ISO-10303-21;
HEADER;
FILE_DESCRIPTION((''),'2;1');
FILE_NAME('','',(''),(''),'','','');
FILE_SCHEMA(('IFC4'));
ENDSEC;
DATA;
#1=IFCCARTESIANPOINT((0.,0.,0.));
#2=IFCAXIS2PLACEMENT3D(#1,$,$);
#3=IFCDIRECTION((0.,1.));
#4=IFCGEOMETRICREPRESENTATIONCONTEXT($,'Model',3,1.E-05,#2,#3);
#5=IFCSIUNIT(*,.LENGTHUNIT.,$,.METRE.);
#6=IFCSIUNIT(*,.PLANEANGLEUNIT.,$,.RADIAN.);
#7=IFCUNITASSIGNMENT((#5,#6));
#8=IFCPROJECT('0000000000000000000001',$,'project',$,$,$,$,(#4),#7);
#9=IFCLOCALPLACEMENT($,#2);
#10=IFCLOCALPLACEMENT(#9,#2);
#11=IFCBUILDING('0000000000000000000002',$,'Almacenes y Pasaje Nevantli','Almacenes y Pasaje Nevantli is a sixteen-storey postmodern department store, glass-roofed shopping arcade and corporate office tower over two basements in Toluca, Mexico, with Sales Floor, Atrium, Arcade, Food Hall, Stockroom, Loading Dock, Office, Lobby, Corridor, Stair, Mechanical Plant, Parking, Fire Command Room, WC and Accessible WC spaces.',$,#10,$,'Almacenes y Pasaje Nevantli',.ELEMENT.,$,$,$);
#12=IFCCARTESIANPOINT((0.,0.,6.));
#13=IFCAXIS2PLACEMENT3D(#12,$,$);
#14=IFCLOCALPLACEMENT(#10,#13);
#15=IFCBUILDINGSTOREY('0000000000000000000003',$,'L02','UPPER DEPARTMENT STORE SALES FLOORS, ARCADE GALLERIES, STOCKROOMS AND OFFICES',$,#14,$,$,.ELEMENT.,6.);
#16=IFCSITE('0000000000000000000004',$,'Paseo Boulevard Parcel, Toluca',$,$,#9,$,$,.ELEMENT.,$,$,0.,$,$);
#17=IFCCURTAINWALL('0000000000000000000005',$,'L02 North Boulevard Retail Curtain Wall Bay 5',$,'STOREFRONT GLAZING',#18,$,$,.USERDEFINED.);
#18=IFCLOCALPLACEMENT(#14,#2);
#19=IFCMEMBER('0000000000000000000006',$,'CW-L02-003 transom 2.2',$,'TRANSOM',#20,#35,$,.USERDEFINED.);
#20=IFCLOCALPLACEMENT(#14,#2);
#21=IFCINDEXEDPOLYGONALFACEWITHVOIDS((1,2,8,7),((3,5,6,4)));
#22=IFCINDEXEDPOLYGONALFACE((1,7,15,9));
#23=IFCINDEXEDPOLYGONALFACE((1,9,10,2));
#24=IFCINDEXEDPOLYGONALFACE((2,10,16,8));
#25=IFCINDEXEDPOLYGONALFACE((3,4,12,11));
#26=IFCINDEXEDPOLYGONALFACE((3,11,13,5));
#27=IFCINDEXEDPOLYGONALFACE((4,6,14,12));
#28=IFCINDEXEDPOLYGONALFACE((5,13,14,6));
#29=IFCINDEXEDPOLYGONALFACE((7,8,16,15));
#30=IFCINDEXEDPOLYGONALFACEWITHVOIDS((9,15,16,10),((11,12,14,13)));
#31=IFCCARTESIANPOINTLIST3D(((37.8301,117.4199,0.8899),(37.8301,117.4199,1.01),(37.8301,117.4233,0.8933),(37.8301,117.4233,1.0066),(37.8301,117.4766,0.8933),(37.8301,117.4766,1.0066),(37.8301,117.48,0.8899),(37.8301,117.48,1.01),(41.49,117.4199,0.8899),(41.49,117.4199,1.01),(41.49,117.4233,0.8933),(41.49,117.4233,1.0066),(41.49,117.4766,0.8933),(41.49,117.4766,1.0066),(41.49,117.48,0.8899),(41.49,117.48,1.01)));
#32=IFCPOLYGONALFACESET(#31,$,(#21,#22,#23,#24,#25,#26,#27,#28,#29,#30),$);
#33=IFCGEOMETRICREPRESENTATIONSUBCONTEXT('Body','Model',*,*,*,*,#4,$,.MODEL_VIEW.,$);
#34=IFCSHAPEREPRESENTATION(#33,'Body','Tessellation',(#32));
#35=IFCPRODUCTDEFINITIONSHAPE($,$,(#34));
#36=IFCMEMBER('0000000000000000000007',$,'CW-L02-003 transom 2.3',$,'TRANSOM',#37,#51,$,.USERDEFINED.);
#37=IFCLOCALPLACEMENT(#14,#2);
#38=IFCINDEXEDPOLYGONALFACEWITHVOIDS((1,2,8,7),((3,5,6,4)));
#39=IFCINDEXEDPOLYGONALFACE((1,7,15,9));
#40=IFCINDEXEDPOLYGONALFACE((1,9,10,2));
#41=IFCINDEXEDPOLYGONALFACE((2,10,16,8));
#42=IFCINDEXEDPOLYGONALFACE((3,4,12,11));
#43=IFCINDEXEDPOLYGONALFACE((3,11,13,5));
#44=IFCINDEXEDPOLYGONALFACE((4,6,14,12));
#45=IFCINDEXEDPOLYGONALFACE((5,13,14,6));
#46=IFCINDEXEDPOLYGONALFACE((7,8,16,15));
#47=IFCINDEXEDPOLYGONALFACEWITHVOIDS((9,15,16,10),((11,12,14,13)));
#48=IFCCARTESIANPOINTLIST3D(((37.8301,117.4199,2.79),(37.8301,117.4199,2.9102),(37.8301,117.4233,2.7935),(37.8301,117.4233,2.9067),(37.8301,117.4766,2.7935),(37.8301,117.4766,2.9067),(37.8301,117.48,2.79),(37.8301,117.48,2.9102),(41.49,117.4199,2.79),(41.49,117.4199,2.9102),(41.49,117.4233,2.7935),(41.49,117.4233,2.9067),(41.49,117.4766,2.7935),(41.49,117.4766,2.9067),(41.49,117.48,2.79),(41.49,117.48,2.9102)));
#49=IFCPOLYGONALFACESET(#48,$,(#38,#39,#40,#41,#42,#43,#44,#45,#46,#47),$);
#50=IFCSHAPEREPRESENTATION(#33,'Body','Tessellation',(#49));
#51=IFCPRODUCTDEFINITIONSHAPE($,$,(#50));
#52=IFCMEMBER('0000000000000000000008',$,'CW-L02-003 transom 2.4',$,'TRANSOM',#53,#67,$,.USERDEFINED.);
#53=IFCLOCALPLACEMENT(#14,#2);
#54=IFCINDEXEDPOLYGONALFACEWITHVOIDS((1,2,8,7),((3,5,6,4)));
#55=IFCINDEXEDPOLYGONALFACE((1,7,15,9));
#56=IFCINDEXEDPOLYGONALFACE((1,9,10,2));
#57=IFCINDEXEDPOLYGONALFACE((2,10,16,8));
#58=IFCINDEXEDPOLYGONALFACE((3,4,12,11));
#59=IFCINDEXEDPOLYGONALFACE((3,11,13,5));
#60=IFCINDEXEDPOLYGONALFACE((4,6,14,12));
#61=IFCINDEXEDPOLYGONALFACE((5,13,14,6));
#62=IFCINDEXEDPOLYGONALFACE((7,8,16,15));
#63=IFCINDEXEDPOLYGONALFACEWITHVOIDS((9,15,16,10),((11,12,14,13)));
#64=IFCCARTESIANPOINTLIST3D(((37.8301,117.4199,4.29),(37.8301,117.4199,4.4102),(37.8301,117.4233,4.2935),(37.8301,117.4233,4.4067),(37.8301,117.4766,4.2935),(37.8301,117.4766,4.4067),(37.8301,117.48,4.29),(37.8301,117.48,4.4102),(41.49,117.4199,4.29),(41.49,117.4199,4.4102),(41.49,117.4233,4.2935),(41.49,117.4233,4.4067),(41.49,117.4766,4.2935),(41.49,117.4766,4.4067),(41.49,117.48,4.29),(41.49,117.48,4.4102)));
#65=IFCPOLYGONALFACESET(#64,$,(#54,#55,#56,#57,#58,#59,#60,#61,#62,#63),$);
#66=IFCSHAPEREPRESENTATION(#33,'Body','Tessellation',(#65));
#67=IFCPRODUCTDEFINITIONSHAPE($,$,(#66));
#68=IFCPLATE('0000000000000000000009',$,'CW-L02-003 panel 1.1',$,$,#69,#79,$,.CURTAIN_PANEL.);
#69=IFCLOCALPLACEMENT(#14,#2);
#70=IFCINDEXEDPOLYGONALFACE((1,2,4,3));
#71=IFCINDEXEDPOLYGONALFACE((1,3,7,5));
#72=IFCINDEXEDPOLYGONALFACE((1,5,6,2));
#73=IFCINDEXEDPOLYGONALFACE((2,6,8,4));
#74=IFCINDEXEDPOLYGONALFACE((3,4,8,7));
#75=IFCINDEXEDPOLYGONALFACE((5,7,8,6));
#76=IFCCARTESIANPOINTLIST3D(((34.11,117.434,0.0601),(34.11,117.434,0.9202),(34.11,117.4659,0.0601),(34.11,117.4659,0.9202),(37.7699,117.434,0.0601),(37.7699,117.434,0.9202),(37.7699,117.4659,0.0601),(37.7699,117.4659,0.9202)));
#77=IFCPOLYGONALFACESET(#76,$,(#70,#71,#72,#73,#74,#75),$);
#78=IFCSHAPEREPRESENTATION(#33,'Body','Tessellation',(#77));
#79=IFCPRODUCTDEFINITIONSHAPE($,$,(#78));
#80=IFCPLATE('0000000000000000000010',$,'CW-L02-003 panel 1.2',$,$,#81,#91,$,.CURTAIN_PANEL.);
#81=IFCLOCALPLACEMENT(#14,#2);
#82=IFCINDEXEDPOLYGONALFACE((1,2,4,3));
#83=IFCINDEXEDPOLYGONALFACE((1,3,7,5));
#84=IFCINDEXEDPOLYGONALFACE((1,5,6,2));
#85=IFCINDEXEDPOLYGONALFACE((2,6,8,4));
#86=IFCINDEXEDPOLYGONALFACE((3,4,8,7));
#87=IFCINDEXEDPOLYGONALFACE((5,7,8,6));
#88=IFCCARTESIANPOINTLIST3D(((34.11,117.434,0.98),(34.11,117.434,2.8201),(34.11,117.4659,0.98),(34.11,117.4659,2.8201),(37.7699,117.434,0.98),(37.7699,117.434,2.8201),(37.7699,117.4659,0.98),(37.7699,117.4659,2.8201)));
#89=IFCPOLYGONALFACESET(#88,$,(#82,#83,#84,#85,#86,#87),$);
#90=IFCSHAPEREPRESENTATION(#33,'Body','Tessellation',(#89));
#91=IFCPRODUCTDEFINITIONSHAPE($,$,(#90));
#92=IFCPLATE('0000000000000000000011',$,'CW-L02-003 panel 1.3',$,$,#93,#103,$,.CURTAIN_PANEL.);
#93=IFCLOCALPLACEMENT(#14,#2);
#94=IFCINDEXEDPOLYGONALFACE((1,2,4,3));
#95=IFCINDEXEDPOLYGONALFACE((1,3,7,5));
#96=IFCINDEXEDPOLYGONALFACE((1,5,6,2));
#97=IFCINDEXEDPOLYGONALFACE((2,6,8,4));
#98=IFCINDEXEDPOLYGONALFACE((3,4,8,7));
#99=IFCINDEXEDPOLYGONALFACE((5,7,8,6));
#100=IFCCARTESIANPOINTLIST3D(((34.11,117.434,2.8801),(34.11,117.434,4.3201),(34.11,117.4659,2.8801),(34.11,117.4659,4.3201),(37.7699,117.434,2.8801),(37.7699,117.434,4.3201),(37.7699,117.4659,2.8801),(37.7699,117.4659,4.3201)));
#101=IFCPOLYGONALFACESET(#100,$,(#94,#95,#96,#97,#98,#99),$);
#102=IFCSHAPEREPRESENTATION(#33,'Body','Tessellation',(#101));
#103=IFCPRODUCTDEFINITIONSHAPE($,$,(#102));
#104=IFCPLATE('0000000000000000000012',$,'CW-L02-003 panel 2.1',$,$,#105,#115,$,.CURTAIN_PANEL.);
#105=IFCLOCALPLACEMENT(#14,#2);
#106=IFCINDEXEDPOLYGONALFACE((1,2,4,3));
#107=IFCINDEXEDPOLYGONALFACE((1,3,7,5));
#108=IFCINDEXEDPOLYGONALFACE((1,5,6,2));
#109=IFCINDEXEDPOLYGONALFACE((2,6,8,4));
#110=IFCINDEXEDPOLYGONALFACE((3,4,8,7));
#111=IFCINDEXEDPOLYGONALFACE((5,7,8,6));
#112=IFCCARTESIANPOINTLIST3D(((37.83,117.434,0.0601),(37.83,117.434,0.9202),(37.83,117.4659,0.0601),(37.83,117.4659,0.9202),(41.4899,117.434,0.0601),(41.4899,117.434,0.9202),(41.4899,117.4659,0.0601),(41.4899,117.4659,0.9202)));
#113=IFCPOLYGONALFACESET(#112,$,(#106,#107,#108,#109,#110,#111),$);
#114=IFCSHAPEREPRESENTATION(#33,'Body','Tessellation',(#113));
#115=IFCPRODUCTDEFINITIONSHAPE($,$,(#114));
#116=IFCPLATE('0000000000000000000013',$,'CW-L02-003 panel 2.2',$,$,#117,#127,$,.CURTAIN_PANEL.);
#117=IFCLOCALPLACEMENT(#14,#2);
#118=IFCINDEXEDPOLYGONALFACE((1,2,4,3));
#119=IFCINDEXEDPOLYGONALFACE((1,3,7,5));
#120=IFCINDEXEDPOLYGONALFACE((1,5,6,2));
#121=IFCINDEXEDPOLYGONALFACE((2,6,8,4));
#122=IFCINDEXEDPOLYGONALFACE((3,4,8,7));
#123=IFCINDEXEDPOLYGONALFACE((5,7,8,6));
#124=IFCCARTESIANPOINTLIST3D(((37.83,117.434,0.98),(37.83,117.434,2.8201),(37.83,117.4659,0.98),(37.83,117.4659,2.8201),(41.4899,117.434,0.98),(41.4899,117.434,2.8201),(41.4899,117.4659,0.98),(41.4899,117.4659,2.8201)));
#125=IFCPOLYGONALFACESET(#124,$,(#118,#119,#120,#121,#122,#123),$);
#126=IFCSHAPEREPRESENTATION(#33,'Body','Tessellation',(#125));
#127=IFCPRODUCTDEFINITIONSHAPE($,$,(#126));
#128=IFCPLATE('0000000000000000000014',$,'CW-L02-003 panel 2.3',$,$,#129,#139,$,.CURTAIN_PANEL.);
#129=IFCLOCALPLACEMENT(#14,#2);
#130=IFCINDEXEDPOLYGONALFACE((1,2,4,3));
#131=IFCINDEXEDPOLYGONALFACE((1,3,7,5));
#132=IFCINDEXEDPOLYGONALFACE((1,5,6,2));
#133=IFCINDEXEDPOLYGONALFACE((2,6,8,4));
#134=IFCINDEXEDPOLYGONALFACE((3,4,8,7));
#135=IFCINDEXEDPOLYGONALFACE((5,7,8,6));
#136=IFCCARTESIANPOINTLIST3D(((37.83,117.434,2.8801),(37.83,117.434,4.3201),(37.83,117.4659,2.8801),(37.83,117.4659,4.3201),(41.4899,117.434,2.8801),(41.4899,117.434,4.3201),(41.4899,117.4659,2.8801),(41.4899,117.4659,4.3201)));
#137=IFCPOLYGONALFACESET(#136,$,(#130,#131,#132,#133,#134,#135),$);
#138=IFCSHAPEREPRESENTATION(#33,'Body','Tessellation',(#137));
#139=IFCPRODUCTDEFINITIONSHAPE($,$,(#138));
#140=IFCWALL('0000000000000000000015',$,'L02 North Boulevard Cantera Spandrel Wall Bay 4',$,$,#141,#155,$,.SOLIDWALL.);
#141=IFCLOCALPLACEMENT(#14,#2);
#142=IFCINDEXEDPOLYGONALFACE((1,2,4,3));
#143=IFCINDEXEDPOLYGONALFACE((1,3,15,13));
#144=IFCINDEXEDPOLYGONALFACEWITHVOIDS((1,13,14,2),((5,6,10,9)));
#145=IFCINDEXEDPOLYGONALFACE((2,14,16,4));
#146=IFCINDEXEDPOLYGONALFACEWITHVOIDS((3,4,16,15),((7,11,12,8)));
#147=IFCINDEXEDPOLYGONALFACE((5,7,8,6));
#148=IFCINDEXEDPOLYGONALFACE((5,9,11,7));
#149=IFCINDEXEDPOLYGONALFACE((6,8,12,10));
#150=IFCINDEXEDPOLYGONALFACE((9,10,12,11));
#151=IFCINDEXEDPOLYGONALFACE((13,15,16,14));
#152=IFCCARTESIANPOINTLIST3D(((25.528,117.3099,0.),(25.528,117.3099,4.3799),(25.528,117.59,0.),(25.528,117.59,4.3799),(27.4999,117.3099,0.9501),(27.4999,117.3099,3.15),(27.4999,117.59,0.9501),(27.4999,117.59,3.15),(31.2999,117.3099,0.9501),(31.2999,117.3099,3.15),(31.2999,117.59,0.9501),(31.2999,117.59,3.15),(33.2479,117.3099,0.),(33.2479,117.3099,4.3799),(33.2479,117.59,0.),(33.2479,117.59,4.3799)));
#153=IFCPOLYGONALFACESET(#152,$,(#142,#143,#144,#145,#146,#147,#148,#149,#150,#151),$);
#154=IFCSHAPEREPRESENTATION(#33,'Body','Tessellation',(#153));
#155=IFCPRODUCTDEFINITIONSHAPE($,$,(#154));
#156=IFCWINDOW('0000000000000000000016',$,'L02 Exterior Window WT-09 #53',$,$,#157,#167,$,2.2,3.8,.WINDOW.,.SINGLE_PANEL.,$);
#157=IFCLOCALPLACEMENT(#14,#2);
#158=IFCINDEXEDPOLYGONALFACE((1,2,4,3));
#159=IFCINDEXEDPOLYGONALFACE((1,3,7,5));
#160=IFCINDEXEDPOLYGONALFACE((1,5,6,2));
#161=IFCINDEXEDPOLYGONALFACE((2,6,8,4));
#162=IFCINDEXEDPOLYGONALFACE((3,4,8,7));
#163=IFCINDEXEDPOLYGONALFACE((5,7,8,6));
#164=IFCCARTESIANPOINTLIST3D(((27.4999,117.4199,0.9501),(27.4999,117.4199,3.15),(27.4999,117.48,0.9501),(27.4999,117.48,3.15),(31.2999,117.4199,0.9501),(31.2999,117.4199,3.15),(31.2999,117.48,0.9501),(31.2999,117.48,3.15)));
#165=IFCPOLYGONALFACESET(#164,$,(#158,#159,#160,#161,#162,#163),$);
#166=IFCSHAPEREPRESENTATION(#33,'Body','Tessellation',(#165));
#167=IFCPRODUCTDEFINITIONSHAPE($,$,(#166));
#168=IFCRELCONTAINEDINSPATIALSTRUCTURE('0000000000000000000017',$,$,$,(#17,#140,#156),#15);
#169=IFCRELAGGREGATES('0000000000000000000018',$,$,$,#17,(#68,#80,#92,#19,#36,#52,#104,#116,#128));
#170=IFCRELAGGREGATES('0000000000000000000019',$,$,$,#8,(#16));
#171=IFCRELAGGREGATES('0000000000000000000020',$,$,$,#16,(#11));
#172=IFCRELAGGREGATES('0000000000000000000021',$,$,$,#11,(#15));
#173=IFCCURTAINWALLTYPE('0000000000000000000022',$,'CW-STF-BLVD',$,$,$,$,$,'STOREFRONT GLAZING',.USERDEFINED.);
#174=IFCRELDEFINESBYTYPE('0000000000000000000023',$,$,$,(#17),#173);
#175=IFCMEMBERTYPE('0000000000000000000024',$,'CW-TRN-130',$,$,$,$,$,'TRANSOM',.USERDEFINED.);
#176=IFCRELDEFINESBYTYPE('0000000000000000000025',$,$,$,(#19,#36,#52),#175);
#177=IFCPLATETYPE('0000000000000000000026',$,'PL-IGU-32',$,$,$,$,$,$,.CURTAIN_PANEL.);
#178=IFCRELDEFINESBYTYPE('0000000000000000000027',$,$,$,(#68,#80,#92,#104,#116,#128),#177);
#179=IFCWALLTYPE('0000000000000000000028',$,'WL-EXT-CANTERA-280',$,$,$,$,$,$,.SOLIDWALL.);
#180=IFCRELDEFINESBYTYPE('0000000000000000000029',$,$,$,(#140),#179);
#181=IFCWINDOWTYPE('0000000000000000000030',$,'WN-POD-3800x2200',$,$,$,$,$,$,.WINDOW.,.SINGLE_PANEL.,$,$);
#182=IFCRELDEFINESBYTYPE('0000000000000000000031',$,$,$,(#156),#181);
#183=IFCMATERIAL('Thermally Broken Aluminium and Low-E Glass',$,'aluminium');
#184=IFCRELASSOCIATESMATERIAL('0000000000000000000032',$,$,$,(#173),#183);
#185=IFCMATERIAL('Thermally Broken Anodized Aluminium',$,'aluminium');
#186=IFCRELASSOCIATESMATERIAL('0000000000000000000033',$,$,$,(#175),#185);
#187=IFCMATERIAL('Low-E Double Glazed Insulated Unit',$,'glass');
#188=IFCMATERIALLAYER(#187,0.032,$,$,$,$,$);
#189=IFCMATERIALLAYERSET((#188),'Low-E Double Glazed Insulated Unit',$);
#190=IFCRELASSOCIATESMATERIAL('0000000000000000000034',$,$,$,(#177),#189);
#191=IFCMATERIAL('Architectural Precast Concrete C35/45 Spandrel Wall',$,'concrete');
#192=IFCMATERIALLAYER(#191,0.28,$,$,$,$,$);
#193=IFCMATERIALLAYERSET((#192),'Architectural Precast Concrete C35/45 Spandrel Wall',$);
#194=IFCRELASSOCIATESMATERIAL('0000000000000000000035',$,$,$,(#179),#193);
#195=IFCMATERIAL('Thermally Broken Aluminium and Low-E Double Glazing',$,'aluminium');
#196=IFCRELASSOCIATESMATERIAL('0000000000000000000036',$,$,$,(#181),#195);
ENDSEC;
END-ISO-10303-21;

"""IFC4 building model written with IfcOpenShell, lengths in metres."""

from ifc_helpers import new_model, si_unit, direction, frame, frame_2d, origin, origin_2d, place, context, subcontext, project, spatial, rectangle, hollow_rectangle, extrude, material, layer, layer_set, material_profile, profile_set, type_object, element, fill, aggregate, save


model = new_model("IFC4")

# Units and contexts
model_context = context("Model", 3, precision=1e-05, world=origin(), true_north=direction((0.0, 1.0)))
body_context = subcontext(model_context, "Body", "Model", "MODEL_VIEW")
ifc_project = project(units=[si_unit("LENGTHUNIT", "METRE"), si_unit("PLANEANGLEUNIT", "RADIAN")], contexts=[model_context])

# Site, building, storey
site_placement = place(None, origin())
site = spatial("IfcSite", under=ifc_project, at=site_placement, Name="Paseo Boulevard Parcel, Toluca", CompositionType="ELEMENT", RefElevation=0.0)
building_placement = place(site_placement, origin())
building = spatial("IfcBuilding", under=site, at=building_placement, Name="Almacenes y Pasaje Nevantli", Description="Almacenes y Pasaje Nevantli is a sixteen-storey postmodern department store, glass-roofed shopping arcade and corporate office tower over two basements in Toluca, Mexico, with Sales Floor, Atrium, Arcade, Food Hall, Stockroom, Loading Dock, Office, Lobby, Corridor, Stair, Mechanical Plant, Parking, Fire Command Room, WC and Accessible WC spaces.", LongName="Almacenes y Pasaje Nevantli", CompositionType="ELEMENT")
storey_placement = place(building_placement, frame((0.0, 0.0, 6.0)))
storey = spatial("IfcBuildingStorey", under=building, at=storey_placement, Name="L02", Description="UPPER DEPARTMENT STORE SALES FLOORS, ARCADE GALLERIES, STOCKROOMS AND OFFICES", CompositionType="ELEMENT", Elevation=6.0)

# Curtain wall, members, plates
ifc_material_1 = material(Name="Thermally Broken Aluminium and Low-E Glass", Category="aluminium")
curtain_wall_type = type_object("IfcCurtainWallType", Name="CW-STF-BLVD", ElementType="STOREFRONT GLAZING", PredefinedType="USERDEFINED", material=ifc_material_1)
curtain_wall_placement = place(storey_placement, origin())
curtain_wall = element("IfcCurtainWall", 1, at=curtain_wall_placement, inside=storey, type_object=curtain_wall_type, Name="L02 North Boulevard Retail Curtain Wall Bay 5", ObjectType="STOREFRONT GLAZING", PredefinedType="USERDEFINED")
ifc_material_2 = material(Name="Thermally Broken Anodized Aluminium", Category="aluminium")
ifc_material_profile_1 = material_profile(ifc_material_2, hollow_rectangle(XDim=0.0601, YDim=0.1201, WallThickness=0.0034, at=origin_2d()), Name="ALU-TRN-60x120")
ifc_profile_set_1 = profile_set([ifc_material_profile_1], Name="Thermally Broken Anodized Aluminium")
member_type_1 = type_object("IfcMemberType", Name="CW-TRN-130", ElementType="TRANSOM", PredefinedType="USERDEFINED", material=ifc_profile_set_1)
member_1_placement = place(storey_placement, frame((37.8301, 117.45, 0.95), z_axis=(1.0, 0.0, 0.0), x_axis=(0.0, 1.0, 0.0)))
member_1 = element("IfcMember", 2, at=member_1_placement, type_object=member_type_1, Name="CW-L02-003 transom 2.2", ObjectType="TRANSOM", PredefinedType="USERDEFINED", context=body_context, shape_type="SweptSolid", body=[
    extrude(hollow_rectangle(XDim=0.0601, YDim=0.1201, WallThickness=0.0034, at=origin_2d()), origin(), (0.0, 0.0, 1.0), 3.6599),
])
member_2_placement = place(storey_placement, frame((37.8301, 117.45, 2.8501), z_axis=(1.0, 0.0, 0.0), x_axis=(0.0, 1.0, 0.0)))
member_2 = element("IfcMember", 3, at=member_2_placement, type_object=member_type_1, Name="CW-L02-003 transom 2.3", ObjectType="TRANSOM", PredefinedType="USERDEFINED", context=body_context, shape_type="SweptSolid", body=[
    extrude(hollow_rectangle(XDim=0.0601, YDim=0.1201, WallThickness=0.0034, at=origin_2d()), origin(), (0.0, 0.0, 1.0), 3.6599),
])
member_3_placement = place(storey_placement, frame((37.8301, 117.45, 4.3501), z_axis=(1.0, 0.0, 0.0), x_axis=(0.0, 1.0, 0.0)))
member_3 = element("IfcMember", 4, at=member_3_placement, type_object=member_type_1, Name="CW-L02-003 transom 2.4", ObjectType="TRANSOM", PredefinedType="USERDEFINED", context=body_context, shape_type="SweptSolid", body=[
    extrude(hollow_rectangle(XDim=0.0601, YDim=0.1201, WallThickness=0.0034, at=origin_2d()), origin(), (0.0, 0.0, 1.0), 3.6599),
])
ifc_material_3 = material(Name="Low-E Double Glazed Insulated Unit", Category="glass")
ifc_layer_1 = layer(ifc_material_3, 0.032)
ifc_layer_set_1 = layer_set([ifc_layer_1], Name="Low-E Double Glazed Insulated Unit")
plate_type = type_object("IfcPlateType", Name="PL-IGU-32", PredefinedType="CURTAIN_PANEL", material=ifc_layer_set_1)
plate_1_placement = place(storey_placement, frame((35.9399, 117.45, 0.0601), z_axis=(0.0, 0.0, 1.0), x_axis=(1.0, 0.0, 0.0)))
plate_1 = element("IfcPlate", 5, at=plate_1_placement, type_object=plate_type, Name="CW-L02-003 panel 1.1", PredefinedType="CURTAIN_PANEL", context=body_context, shape_type="SweptSolid", body=[
    extrude(rectangle(XDim=3.6599, YDim=0.032, at=origin_2d()), origin(), (0.0, 0.0, 1.0), 0.8601),
])
plate_2_placement = place(storey_placement, frame((35.9399, 117.45, 0.98), z_axis=(0.0, 0.0, 1.0), x_axis=(1.0, 0.0, 0.0)))
plate_2 = element("IfcPlate", 6, at=plate_2_placement, type_object=plate_type, Name="CW-L02-003 panel 1.2", PredefinedType="CURTAIN_PANEL", context=body_context, shape_type="SweptSolid", body=[
    extrude(rectangle(XDim=3.6599, YDim=0.032, at=origin_2d()), origin(), (0.0, 0.0, 1.0), 1.8401),
])
plate_3_placement = place(storey_placement, frame((35.9399, 117.45, 2.8801), z_axis=(0.0, 0.0, 1.0), x_axis=(1.0, 0.0, 0.0)))
plate_3 = element("IfcPlate", 7, at=plate_3_placement, type_object=plate_type, Name="CW-L02-003 panel 1.3", PredefinedType="CURTAIN_PANEL", context=body_context, shape_type="SweptSolid", body=[
    extrude(rectangle(XDim=3.6599, YDim=0.032, at=origin_2d()), origin(), (0.0, 0.0, 1.0), 1.4399),
])
plate_4_placement = place(storey_placement, frame((39.6599, 117.45, 0.0601), z_axis=(0.0, 0.0, 1.0), x_axis=(1.0, 0.0, 0.0)))
plate_4 = element("IfcPlate", 8, at=plate_4_placement, type_object=plate_type, Name="CW-L02-003 panel 2.1", PredefinedType="CURTAIN_PANEL", context=body_context, shape_type="SweptSolid", body=[
    extrude(rectangle(XDim=3.6599, YDim=0.032, at=origin_2d()), origin(), (0.0, 0.0, 1.0), 0.8601),
])
plate_5_placement = place(storey_placement, frame((39.6599, 117.45, 0.98), z_axis=(0.0, 0.0, 1.0), x_axis=(1.0, 0.0, 0.0)))
plate_5 = element("IfcPlate", 9, at=plate_5_placement, type_object=plate_type, Name="CW-L02-003 panel 2.2", PredefinedType="CURTAIN_PANEL", context=body_context, shape_type="SweptSolid", body=[
    extrude(rectangle(XDim=3.6599, YDim=0.032, at=origin_2d()), origin(), (0.0, 0.0, 1.0), 1.8401),
])
plate_6_placement = place(storey_placement, frame((39.6599, 117.45, 2.8801), z_axis=(0.0, 0.0, 1.0), x_axis=(1.0, 0.0, 0.0)))
plate_6 = element("IfcPlate", 10, at=plate_6_placement, type_object=plate_type, Name="CW-L02-003 panel 2.3", PredefinedType="CURTAIN_PANEL", context=body_context, shape_type="SweptSolid", body=[
    extrude(rectangle(XDim=3.6599, YDim=0.032, at=origin_2d()), origin(), (0.0, 0.0, 1.0), 1.4399),
])
aggregate(curtain_wall, [plate_1, plate_2, plate_3, member_1, member_2, member_3, plate_4, plate_5, plate_6])

# Wall, opening, window
ifc_material_4 = material(Name="Architectural Precast Concrete C35/45 Spandrel Wall", Category="concrete")
ifc_layer_2 = layer(ifc_material_4, 0.28)
ifc_layer_set_2 = layer_set([ifc_layer_2], Name="Architectural Precast Concrete C35/45 Spandrel Wall")
wall_type = type_object("IfcWallType", Name="WL-EXT-CANTERA-280", PredefinedType="SOLIDWALL", material=ifc_layer_set_2)
wall_1_placement = place(storey_placement, frame((25.5281, 117.45, 0.0), z_axis=(0.0, 0.0, 1.0), x_axis=(1.0, 0.0, 0.0)))
wall_1 = element("IfcWall", 11, at=wall_1_placement, inside=storey, type_object=wall_type, Name="L02 North Boulevard Cantera Spandrel Wall Bay 4", PredefinedType="SOLIDWALL", context=body_context, shape_type="SweptSolid", body=[
    extrude(rectangle(XDim=7.72, YDim=0.28, at=frame_2d((3.8599, 0.0))), origin(), (0.0, 0.0, 1.0), 4.3799),
])
opening_1_placement = place(wall_1_placement, frame((1.9719, 0.0, 0.95)))
opening_1 = element("IfcOpeningElement", 12, at=opening_1_placement, cuts=wall_1, PredefinedType="OPENING", context=body_context, shape_type="SweptSolid", body=[
    extrude(rectangle(XDim=3.8, YDim=2.2, at=frame_2d((1.8999, 1.1001))), frame((0.0, 0.1499, 0.0), z_axis=(0.0, -1.0, 0.0), x_axis=(1.0, 0.0, 0.0)), (0.0, 0.0, 1.0), 0.3),
])
ifc_material_5 = material(Name="Thermally Broken Aluminium and Low-E Double Glazing", Category="aluminium")
window_type_1 = type_object("IfcWindowType", Name="WN-POD-3800x2200", PartitioningType="SINGLE_PANEL", PredefinedType="WINDOW", material=ifc_material_5)
window_1_placement = place(opening_1_placement, origin())
window_1 = element("IfcWindow", 13, at=window_1_placement, inside=storey, type_object=window_type_1, Name="L02 Exterior Window WT-09 #53", OverallHeight=2.2, OverallWidth=3.8, PartitioningType="SINGLE_PANEL", PredefinedType="WINDOW", context=body_context, shape_type="SweptSolid", body=[
    extrude(rectangle(XDim=3.8, YDim=2.2, at=frame_2d((1.8999, 1.1001))), frame((0.0, 0.03, 0.0), z_axis=(0.0, -1.0, 0.0), x_axis=(1.0, 0.0, 0.0)), (0.0, 0.0, 1.0), 0.0601),
])
fill(opening_1, window_1)

save(model, "model.ifc")
